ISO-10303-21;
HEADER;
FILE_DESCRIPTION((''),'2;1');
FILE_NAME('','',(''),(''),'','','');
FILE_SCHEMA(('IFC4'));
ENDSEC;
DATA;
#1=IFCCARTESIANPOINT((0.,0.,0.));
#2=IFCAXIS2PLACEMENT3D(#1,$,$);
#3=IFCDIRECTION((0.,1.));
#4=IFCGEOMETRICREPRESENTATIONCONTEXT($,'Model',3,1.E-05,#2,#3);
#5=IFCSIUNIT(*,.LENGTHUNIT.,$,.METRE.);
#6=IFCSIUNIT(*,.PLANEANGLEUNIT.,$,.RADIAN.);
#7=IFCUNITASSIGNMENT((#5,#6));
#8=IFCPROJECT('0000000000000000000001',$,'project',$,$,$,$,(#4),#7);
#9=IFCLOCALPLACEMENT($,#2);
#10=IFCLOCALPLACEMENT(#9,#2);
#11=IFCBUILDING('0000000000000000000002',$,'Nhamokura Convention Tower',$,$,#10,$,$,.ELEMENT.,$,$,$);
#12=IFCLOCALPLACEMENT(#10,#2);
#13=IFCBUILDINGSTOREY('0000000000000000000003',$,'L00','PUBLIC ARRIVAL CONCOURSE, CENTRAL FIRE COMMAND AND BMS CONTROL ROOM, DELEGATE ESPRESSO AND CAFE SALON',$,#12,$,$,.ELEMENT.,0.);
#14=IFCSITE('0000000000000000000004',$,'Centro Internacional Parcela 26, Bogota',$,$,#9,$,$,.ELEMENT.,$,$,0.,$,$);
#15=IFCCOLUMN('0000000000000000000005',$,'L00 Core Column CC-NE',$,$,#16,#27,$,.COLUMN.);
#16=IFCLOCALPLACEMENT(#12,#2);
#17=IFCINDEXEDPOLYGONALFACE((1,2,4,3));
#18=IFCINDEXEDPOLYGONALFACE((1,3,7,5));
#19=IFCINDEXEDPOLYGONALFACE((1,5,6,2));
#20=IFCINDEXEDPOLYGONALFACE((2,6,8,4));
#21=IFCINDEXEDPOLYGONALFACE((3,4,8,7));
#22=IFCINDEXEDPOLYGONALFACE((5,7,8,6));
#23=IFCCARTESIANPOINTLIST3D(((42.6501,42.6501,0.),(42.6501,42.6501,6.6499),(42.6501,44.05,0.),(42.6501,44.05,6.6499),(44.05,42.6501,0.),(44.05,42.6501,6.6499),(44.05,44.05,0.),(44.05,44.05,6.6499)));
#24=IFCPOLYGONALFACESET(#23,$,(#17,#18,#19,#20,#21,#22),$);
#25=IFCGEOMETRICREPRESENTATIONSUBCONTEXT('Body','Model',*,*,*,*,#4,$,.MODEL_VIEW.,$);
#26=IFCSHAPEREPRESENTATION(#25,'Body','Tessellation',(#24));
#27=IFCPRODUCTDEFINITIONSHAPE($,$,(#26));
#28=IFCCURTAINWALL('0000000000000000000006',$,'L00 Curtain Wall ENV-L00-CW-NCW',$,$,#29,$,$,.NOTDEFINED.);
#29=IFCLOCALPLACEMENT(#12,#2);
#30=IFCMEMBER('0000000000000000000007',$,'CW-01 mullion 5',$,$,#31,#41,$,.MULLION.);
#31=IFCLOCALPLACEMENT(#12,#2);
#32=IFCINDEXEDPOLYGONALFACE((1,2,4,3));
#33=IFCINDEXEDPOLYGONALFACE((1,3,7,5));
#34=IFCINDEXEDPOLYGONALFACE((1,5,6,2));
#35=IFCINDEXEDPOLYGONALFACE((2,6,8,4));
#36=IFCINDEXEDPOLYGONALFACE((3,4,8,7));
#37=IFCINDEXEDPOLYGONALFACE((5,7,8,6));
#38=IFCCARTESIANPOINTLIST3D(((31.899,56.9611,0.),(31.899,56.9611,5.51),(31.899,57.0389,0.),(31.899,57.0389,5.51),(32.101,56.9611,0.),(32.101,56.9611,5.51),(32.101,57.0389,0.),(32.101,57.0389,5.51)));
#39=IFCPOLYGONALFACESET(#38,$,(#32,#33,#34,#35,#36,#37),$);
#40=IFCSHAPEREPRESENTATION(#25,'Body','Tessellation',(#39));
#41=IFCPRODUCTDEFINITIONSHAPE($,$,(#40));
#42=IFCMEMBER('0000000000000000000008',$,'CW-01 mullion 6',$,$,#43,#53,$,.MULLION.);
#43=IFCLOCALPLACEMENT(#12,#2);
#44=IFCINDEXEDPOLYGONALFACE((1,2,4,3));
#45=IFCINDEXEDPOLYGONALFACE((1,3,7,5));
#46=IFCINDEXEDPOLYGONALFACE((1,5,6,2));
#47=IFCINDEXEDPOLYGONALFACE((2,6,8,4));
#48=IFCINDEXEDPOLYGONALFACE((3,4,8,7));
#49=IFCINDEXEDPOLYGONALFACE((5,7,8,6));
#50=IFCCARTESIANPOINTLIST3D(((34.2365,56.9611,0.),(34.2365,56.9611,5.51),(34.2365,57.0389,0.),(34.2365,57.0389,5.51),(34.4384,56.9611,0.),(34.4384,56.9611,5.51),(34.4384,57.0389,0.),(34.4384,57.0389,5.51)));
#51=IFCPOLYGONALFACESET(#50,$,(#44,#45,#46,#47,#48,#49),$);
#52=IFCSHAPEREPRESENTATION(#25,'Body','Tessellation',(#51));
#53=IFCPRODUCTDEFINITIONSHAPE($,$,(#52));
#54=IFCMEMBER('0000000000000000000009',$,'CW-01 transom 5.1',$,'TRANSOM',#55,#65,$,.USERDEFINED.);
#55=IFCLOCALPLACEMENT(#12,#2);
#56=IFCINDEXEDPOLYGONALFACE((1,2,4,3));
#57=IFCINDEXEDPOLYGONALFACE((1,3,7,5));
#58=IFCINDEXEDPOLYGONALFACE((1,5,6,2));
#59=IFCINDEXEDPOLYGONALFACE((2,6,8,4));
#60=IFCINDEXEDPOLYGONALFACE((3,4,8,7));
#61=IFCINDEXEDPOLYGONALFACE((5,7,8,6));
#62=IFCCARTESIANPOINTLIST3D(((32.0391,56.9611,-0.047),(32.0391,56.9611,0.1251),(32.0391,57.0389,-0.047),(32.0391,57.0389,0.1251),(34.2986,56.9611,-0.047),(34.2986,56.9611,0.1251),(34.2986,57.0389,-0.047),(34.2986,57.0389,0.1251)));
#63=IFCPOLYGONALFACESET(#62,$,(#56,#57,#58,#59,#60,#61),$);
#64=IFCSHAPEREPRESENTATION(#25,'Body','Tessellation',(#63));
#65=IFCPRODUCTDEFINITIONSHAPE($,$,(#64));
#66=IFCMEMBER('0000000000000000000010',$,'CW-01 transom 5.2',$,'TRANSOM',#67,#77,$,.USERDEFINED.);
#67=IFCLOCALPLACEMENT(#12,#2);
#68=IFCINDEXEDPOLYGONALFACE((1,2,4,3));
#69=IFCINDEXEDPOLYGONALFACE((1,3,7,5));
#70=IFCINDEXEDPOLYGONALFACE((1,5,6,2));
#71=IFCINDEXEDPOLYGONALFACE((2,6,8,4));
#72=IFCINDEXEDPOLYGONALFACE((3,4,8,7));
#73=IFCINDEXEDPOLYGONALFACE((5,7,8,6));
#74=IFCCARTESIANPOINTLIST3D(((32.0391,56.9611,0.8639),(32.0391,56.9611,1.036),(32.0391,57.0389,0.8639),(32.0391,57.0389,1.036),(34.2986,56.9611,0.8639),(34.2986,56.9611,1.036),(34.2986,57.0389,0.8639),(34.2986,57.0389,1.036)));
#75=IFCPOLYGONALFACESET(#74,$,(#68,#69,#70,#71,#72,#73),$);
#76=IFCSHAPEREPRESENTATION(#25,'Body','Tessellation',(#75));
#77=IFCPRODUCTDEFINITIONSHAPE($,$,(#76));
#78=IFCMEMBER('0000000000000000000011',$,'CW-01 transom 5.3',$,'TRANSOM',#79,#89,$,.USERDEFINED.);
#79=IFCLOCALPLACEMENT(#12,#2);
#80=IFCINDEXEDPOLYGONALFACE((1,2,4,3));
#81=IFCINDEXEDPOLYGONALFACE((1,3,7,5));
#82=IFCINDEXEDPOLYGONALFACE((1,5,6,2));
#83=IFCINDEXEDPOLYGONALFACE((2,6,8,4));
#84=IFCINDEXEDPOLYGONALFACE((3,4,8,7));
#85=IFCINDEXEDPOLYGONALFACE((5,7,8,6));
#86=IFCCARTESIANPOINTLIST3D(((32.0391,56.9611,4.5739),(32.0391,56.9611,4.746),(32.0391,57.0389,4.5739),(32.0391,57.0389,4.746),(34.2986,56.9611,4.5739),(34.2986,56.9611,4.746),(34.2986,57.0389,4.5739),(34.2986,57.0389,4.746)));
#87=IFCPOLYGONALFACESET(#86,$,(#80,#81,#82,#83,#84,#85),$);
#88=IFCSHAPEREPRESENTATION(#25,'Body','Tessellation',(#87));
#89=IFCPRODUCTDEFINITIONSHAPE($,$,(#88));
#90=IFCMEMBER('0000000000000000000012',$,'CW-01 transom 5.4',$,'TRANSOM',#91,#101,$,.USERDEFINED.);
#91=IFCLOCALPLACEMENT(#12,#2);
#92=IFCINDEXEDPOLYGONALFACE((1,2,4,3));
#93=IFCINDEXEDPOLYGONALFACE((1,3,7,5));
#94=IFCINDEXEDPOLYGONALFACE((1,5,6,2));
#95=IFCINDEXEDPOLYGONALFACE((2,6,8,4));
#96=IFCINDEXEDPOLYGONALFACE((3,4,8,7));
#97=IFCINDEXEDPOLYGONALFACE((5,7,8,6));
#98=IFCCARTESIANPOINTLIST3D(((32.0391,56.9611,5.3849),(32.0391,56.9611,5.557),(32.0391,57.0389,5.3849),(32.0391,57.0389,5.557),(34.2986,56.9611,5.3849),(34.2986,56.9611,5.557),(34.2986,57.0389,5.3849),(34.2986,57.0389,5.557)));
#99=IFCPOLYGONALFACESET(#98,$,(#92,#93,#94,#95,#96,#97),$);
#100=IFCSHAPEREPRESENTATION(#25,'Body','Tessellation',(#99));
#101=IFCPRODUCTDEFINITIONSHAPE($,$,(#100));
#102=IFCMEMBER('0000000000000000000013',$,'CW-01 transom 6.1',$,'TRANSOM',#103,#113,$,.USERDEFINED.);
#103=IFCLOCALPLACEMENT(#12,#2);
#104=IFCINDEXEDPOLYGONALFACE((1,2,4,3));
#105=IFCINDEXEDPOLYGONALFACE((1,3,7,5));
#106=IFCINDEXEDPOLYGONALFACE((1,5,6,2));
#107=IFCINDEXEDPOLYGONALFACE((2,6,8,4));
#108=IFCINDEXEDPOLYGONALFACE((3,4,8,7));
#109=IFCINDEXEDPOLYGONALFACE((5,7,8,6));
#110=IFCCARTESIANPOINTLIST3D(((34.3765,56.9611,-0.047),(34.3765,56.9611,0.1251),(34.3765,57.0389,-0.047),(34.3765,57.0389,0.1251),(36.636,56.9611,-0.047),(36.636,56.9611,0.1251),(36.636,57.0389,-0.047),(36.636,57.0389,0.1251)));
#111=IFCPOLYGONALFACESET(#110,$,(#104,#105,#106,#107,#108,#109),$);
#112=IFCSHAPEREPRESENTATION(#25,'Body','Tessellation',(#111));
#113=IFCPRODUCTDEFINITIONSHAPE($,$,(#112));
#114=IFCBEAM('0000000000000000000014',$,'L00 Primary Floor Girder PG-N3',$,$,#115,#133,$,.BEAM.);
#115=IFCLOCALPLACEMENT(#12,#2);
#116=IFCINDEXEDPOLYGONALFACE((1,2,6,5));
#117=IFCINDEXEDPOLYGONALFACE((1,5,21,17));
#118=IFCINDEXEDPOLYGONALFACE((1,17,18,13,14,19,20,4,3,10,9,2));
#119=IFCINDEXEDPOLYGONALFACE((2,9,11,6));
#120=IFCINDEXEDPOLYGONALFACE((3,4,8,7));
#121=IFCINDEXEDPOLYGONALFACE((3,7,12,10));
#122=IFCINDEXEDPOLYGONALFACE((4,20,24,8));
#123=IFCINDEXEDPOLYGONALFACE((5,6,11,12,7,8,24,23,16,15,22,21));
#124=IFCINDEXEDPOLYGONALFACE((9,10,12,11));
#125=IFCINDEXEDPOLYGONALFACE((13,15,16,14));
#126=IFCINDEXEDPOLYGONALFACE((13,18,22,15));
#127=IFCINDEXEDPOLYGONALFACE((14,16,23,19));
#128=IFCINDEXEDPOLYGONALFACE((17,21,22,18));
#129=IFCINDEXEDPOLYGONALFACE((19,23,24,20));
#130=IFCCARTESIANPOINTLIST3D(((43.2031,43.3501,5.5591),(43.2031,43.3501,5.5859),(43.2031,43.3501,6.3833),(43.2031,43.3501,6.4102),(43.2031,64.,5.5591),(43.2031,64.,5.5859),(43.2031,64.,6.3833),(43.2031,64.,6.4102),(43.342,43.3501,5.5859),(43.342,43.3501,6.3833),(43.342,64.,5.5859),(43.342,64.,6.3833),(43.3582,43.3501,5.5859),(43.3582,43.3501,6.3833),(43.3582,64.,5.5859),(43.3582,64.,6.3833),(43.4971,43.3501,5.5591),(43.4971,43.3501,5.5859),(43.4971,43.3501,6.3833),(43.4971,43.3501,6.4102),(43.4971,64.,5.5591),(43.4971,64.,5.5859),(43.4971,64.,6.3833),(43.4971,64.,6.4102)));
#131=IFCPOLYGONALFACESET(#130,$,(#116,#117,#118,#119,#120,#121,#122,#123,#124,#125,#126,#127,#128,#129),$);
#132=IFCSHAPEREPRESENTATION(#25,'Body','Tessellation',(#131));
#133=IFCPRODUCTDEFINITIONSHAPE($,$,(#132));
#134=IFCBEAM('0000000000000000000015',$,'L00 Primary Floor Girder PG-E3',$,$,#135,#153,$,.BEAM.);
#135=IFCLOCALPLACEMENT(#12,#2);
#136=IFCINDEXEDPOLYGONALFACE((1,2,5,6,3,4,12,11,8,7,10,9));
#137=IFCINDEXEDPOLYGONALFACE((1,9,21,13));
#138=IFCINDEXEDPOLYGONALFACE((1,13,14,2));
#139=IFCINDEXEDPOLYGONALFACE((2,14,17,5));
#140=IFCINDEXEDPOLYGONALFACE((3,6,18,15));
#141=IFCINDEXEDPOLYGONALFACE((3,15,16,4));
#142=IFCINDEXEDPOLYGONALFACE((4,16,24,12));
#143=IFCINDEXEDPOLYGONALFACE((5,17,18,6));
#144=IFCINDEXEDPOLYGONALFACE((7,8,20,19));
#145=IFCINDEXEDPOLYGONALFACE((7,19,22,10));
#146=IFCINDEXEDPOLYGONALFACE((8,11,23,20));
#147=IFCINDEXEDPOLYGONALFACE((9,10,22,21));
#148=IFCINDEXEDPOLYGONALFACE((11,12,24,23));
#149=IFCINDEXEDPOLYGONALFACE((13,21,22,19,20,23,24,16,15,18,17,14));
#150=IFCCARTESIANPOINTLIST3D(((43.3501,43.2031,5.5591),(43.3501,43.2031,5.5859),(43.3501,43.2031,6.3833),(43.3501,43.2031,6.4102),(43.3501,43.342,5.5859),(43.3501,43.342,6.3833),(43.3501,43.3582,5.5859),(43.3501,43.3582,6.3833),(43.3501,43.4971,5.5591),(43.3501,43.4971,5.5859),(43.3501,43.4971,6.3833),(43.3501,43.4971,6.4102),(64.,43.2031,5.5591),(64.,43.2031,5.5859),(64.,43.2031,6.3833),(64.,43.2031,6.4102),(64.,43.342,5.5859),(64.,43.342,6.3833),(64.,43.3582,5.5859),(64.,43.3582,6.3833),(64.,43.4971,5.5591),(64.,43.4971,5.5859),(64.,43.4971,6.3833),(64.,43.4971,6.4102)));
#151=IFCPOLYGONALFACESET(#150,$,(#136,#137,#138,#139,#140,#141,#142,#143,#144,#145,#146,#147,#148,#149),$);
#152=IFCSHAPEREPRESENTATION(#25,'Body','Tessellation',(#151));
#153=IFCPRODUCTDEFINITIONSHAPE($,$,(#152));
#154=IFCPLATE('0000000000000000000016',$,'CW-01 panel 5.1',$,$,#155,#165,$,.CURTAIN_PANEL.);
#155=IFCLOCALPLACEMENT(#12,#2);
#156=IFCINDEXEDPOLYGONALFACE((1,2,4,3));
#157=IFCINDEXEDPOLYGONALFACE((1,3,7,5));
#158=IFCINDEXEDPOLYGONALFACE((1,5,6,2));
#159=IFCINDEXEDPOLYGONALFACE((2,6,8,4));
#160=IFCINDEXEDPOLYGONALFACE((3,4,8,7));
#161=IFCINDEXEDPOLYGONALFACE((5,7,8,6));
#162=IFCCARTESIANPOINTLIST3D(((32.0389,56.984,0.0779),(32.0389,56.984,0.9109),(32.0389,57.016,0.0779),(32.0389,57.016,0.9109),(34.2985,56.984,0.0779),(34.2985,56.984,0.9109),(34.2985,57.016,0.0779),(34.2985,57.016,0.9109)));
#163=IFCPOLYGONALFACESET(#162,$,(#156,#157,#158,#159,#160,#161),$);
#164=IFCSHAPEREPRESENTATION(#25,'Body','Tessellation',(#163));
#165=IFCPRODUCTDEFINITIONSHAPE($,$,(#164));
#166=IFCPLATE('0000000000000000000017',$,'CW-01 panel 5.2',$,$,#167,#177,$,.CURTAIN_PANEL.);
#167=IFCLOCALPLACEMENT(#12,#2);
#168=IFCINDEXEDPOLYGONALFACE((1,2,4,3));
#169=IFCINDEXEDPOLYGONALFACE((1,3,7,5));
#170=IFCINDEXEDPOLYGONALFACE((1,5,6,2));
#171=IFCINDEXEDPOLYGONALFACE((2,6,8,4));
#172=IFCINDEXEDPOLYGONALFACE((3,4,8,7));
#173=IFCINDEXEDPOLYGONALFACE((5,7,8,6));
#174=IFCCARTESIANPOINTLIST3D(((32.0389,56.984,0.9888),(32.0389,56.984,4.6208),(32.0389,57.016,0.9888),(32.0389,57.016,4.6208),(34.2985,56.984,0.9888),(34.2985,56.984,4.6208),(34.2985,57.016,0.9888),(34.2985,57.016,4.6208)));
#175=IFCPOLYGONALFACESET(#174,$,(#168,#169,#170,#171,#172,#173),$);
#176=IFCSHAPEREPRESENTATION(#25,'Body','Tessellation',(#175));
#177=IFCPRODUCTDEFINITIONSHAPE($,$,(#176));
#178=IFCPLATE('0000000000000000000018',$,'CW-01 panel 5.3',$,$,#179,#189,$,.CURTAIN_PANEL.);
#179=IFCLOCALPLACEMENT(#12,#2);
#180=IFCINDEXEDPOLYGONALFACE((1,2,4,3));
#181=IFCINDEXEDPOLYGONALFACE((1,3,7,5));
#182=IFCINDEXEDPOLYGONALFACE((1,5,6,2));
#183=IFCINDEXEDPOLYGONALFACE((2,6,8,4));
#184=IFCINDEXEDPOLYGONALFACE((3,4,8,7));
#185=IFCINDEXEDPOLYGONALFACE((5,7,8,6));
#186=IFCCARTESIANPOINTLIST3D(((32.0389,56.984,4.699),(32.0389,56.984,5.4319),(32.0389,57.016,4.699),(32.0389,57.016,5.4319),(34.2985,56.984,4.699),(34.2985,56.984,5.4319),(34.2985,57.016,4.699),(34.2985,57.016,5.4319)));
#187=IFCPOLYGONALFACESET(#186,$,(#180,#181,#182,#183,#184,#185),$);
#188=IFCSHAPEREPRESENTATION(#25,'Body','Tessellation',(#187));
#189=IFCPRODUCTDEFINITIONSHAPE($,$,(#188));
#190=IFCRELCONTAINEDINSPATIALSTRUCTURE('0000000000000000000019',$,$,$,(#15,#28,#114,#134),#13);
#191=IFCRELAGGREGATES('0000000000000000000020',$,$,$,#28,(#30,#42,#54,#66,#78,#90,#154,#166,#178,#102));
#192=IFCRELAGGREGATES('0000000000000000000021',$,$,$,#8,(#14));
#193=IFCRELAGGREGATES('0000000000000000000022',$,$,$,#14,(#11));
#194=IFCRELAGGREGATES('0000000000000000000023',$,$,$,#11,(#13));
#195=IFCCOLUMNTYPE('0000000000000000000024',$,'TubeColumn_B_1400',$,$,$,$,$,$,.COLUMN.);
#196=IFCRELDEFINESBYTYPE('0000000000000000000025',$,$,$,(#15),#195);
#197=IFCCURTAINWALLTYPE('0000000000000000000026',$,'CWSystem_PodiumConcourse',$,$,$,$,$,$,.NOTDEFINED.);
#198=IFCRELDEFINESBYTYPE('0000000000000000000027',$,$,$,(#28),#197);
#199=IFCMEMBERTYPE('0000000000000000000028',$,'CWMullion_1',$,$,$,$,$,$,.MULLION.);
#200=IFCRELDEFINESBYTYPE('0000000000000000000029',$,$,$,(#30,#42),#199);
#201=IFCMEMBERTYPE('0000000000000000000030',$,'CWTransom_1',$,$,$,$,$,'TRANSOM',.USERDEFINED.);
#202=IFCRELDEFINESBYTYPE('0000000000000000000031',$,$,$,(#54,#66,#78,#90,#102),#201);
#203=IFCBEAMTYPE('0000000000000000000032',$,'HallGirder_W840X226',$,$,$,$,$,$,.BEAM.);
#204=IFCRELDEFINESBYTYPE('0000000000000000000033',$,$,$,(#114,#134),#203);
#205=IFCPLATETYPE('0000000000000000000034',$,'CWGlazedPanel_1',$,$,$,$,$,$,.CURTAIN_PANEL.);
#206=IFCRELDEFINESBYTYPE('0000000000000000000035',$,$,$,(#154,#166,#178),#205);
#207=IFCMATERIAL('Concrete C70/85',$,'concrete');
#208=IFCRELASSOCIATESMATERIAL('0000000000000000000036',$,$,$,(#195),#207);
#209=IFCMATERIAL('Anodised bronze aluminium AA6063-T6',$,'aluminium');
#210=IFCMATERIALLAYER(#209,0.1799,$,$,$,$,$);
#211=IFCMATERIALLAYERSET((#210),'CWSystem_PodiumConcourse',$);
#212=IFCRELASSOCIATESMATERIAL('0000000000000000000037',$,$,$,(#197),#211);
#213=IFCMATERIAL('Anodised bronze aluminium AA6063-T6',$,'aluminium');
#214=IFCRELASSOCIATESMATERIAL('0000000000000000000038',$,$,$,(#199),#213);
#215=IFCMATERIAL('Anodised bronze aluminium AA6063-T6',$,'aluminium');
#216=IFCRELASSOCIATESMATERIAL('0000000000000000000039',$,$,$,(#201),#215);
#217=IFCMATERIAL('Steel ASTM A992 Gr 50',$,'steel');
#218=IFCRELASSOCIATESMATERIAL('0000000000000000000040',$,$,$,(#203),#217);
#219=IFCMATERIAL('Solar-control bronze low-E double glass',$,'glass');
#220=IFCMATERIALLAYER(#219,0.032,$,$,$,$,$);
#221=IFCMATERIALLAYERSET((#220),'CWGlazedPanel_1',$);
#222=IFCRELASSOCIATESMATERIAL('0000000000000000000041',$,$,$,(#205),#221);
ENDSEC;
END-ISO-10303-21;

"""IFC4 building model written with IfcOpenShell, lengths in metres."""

from ifc_helpers import new_model, si_unit, direction, frame, origin, origin_2d, place, context, subcontext, project, spatial, rectangle, i_section, extrude, material, layer, layer_set, material_profile, profile_set, type_object, element, aggregate, save


model = new_model("IFC4")

# Units and contexts
model_context = context("Model", 3, precision=1e-05, world=origin(), true_north=direction((0.0, 1.0)))
body_context = subcontext(model_context, "Body", "Model", "MODEL_VIEW")
ifc_project = project(units=[si_unit("LENGTHUNIT", "METRE"), si_unit("PLANEANGLEUNIT", "RADIAN")], contexts=[model_context])

# Site, building, storey
site_placement = place(None, origin())
site = spatial("IfcSite", under=ifc_project, at=site_placement, Name="Centro Internacional Parcela 26, Bogota", CompositionType="ELEMENT", RefElevation=0.0)
building_placement = place(site_placement, origin())
building = spatial("IfcBuilding", under=site, at=building_placement, Name="Nhamokura Convention Tower", CompositionType="ELEMENT")
storey_placement = place(building_placement, origin())
storey = spatial("IfcBuildingStorey", under=building, at=storey_placement, Name="L00", Description="PUBLIC ARRIVAL CONCOURSE, CENTRAL FIRE COMMAND AND BMS CONTROL ROOM, DELEGATE ESPRESSO AND CAFE SALON", CompositionType="ELEMENT", Elevation=0.0)

# Column
ifc_material_1 = material(Name="Concrete C70/85", Category="concrete")
ifc_material_profile_1 = material_profile(ifc_material_1, rectangle(XDim=1.3999, YDim=1.3999, at=origin_2d()))
ifc_profile_set_1 = profile_set([ifc_material_profile_1], Name="Concrete C70/85")
column_type = type_object("IfcColumnType", Name="TubeColumn_B_1400", PredefinedType="COLUMN", material=ifc_profile_set_1)
column_placement = place(storey_placement, frame((43.3501, 43.3501, 0.0), z_axis=(0.0, 0.0, 1.0), x_axis=(1.0, 0.0, 0.0)))
element("IfcColumn", 1, at=column_placement, inside=storey, type_object=column_type, Name="L00 Core Column CC-NE", PredefinedType="COLUMN", context=body_context, shape_type="SweptSolid", body=[
    extrude(rectangle(XDim=1.3999, YDim=1.3999, at=origin_2d()), origin(), (0.0, 0.0, 1.0), 6.6499),
])

# Curtain wall, members
ifc_material_2 = material(Name="Anodised bronze aluminium AA6063-T6", Category="aluminium")
ifc_layer_1 = layer(ifc_material_2, 0.1799)
ifc_layer_set_1 = layer_set([ifc_layer_1], Name="CWSystem_PodiumConcourse")
curtain_wall_type = type_object("IfcCurtainWallType", Name="CWSystem_PodiumConcourse", PredefinedType="NOTDEFINED", material=ifc_layer_set_1)
curtain_wall_placement = place(storey_placement, origin())
curtain_wall = element("IfcCurtainWall", 2, at=curtain_wall_placement, inside=storey, type_object=curtain_wall_type, Name="L00 Curtain Wall ENV-L00-CW-NCW", PredefinedType="NOTDEFINED")
ifc_material_3 = material(Name="Anodised bronze aluminium AA6063-T6", Category="aluminium")
ifc_material_profile_2 = material_profile(ifc_material_3, rectangle(XDim=0.0779, YDim=0.2019, at=origin_2d()))
ifc_profile_set_2 = profile_set([ifc_material_profile_2], Name="Anodised bronze aluminium AA6063-T6")
member_type_1 = type_object("IfcMemberType", Name="CWMullion_1", PredefinedType="MULLION", material=ifc_profile_set_2)
member_1_placement = place(storey_placement, frame((32.0, 57.0, 0.0), z_axis=(0.0, 0.0, 1.0), x_axis=(0.0, 1.0, 0.0)))
member_1 = element("IfcMember", 3, at=member_1_placement, type_object=member_type_1, Name="CW-01 mullion 5", PredefinedType="MULLION", context=body_context, shape_type="SweptSolid", body=[
    extrude(rectangle(XDim=0.0779, YDim=0.2019, at=origin_2d()), origin(), (0.0, 0.0, 1.0), 5.51),
])
member_2_placement = place(storey_placement, frame((34.3374, 57.0, 0.0), z_axis=(0.0, 0.0, 1.0), x_axis=(0.0, 1.0, 0.0)))
member_2 = element("IfcMember", 4, at=member_2_placement, type_object=member_type_1, Name="CW-01 mullion 6", PredefinedType="MULLION", context=body_context, shape_type="SweptSolid", body=[
    extrude(rectangle(XDim=0.0779, YDim=0.2019, at=origin_2d()), origin(), (0.0, 0.0, 1.0), 5.51),
])
ifc_material_4 = material(Name="Anodised bronze aluminium AA6063-T6", Category="aluminium")
ifc_material_profile_3 = material_profile(ifc_material_4, rectangle(XDim=0.0779, YDim=0.1721, at=origin_2d()))
ifc_profile_set_3 = profile_set([ifc_material_profile_3], Name="Anodised bronze aluminium AA6063-T6")
member_type_2 = type_object("IfcMemberType", Name="CWTransom_1", ElementType="TRANSOM", PredefinedType="USERDEFINED", material=ifc_profile_set_3)
member_3_placement = place(storey_placement, frame((32.0391, 57.0, 0.0391), z_axis=(1.0, 0.0, 0.0), x_axis=(0.0, 1.0, 0.0)))
member_3 = element("IfcMember", 5, at=member_3_placement, type_object=member_type_2, Name="CW-01 transom 5.1", ObjectType="TRANSOM", PredefinedType="USERDEFINED", context=body_context, shape_type="SweptSolid", body=[
    extrude(rectangle(XDim=0.0779, YDim=0.1721, at=origin_2d()), origin(), (0.0, 0.0, 1.0), 2.2595),
])
member_4_placement = place(storey_placement, frame((32.0391, 57.0, 0.95), z_axis=(1.0, 0.0, 0.0), x_axis=(0.0, 1.0, 0.0)))
member_4 = element("IfcMember", 6, at=member_4_placement, type_object=member_type_2, Name="CW-01 transom 5.2", ObjectType="TRANSOM", PredefinedType="USERDEFINED", context=body_context, shape_type="SweptSolid", body=[
    extrude(rectangle(XDim=0.0779, YDim=0.1721, at=origin_2d()), origin(), (0.0, 0.0, 1.0), 2.2595),
])
member_5_placement = place(storey_placement, frame((32.0391, 57.0, 4.6599), z_axis=(1.0, 0.0, 0.0), x_axis=(0.0, 1.0, 0.0)))
member_5 = element("IfcMember", 7, at=member_5_placement, type_object=member_type_2, Name="CW-01 transom 5.3", ObjectType="TRANSOM", PredefinedType="USERDEFINED", context=body_context, shape_type="SweptSolid", body=[
    extrude(rectangle(XDim=0.0779, YDim=0.1721, at=origin_2d()), origin(), (0.0, 0.0, 1.0), 2.2595),
])
member_6_placement = place(storey_placement, frame((32.0391, 57.0, 5.4709), z_axis=(1.0, 0.0, 0.0), x_axis=(0.0, 1.0, 0.0)))
member_6 = element("IfcMember", 8, at=member_6_placement, type_object=member_type_2, Name="CW-01 transom 5.4", ObjectType="TRANSOM", PredefinedType="USERDEFINED", context=body_context, shape_type="SweptSolid", body=[
    extrude(rectangle(XDim=0.0779, YDim=0.1721, at=origin_2d()), origin(), (0.0, 0.0, 1.0), 2.2595),
])
member_7_placement = place(storey_placement, frame((34.3765, 57.0, 0.0391), z_axis=(1.0, 0.0, 0.0), x_axis=(0.0, 1.0, 0.0)))
member_7 = element("IfcMember", 9, at=member_7_placement, type_object=member_type_2, Name="CW-01 transom 6.1", ObjectType="TRANSOM", PredefinedType="USERDEFINED", context=body_context, shape_type="SweptSolid", body=[
    extrude(rectangle(XDim=0.0779, YDim=0.1721, at=origin_2d()), origin(), (0.0, 0.0, 1.0), 2.2595),
])

# Beams
ifc_material_5 = material(Name="Steel ASTM A992 Gr 50", Category="steel")
ifc_material_profile_4 = material_profile(ifc_material_5, i_section(OverallWidth=0.2939, OverallDepth=0.8511, WebThickness=0.0161, FlangeThickness=0.0269, at=origin_2d()))
ifc_profile_set_4 = profile_set([ifc_material_profile_4], Name="Steel ASTM A992 Gr 50")
beam_type = type_object("IfcBeamType", Name="HallGirder_W840X226", PredefinedType="BEAM", material=ifc_profile_set_4)
for number, where, z_axis, x_axis, name in (
    (10, (43.3501, 43.3501, 5.9846), (0.0, 1.0, 0.0), (-1.0, 0.0, 0.0), "L00 Primary Floor Girder PG-N3"),
    (11, (43.3501, 43.3501, 5.9846), (1.0, 0.0, 0.0), (0.0, 1.0, 0.0), "L00 Primary Floor Girder PG-E3"),
):
    element("IfcBeam", number, at=place(storey_placement, frame(where, z_axis=z_axis, x_axis=x_axis)), inside=storey, type_object=beam_type, Name=name, PredefinedType="BEAM", context=body_context, shape_type="SweptSolid", body=[
        extrude(i_section(OverallWidth=0.2939, OverallDepth=0.8511, WebThickness=0.0161, FlangeThickness=0.0269, at=origin_2d()), origin(), (0.0, 0.0, 1.0), 20.6499),
    ])

# Plates
ifc_material_6 = material(Name="Solar-control bronze low-E double glass", Category="glass")
ifc_layer_2 = layer(ifc_material_6, 0.032)
ifc_layer_set_2 = layer_set([ifc_layer_2], Name="CWGlazedPanel_1")
plate_type = type_object("IfcPlateType", Name="CWGlazedPanel_1", PredefinedType="CURTAIN_PANEL", material=ifc_layer_set_2)
plate_1_placement = place(storey_placement, frame((33.1687, 57.0, 0.0779), z_axis=(0.0, 0.0, 1.0), x_axis=(1.0, 0.0, 0.0)))
plate_1 = element("IfcPlate", 12, at=plate_1_placement, type_object=plate_type, Name="CW-01 panel 5.1", PredefinedType="CURTAIN_PANEL", context=body_context, shape_type="SweptSolid", body=[
    extrude(rectangle(XDim=2.2595, YDim=0.032, at=origin_2d()), origin(), (0.0, 0.0, 1.0), 0.833),
])
plate_2_placement = place(storey_placement, frame((33.1687, 57.0, 0.9888), z_axis=(0.0, 0.0, 1.0), x_axis=(1.0, 0.0, 0.0)))
plate_2 = element("IfcPlate", 13, at=plate_2_placement, type_object=plate_type, Name="CW-01 panel 5.2", PredefinedType="CURTAIN_PANEL", context=body_context, shape_type="SweptSolid", body=[
    extrude(rectangle(XDim=2.2595, YDim=0.032, at=origin_2d()), origin(), (0.0, 0.0, 1.0), 3.6321),
])
plate_3_placement = place(storey_placement, frame((33.1687, 57.0, 4.699), z_axis=(0.0, 0.0, 1.0), x_axis=(1.0, 0.0, 0.0)))
plate_3 = element("IfcPlate", 14, at=plate_3_placement, type_object=plate_type, Name="CW-01 panel 5.3", PredefinedType="CURTAIN_PANEL", context=body_context, shape_type="SweptSolid", body=[
    extrude(rectangle(XDim=2.2595, YDim=0.032, at=origin_2d()), origin(), (0.0, 0.0, 1.0), 0.7329),
])
aggregate(curtain_wall, [member_1, member_2, member_3, member_4, member_5, member_6, plate_1, plate_2, plate_3, member_7])

save(model, "model.ifc")
